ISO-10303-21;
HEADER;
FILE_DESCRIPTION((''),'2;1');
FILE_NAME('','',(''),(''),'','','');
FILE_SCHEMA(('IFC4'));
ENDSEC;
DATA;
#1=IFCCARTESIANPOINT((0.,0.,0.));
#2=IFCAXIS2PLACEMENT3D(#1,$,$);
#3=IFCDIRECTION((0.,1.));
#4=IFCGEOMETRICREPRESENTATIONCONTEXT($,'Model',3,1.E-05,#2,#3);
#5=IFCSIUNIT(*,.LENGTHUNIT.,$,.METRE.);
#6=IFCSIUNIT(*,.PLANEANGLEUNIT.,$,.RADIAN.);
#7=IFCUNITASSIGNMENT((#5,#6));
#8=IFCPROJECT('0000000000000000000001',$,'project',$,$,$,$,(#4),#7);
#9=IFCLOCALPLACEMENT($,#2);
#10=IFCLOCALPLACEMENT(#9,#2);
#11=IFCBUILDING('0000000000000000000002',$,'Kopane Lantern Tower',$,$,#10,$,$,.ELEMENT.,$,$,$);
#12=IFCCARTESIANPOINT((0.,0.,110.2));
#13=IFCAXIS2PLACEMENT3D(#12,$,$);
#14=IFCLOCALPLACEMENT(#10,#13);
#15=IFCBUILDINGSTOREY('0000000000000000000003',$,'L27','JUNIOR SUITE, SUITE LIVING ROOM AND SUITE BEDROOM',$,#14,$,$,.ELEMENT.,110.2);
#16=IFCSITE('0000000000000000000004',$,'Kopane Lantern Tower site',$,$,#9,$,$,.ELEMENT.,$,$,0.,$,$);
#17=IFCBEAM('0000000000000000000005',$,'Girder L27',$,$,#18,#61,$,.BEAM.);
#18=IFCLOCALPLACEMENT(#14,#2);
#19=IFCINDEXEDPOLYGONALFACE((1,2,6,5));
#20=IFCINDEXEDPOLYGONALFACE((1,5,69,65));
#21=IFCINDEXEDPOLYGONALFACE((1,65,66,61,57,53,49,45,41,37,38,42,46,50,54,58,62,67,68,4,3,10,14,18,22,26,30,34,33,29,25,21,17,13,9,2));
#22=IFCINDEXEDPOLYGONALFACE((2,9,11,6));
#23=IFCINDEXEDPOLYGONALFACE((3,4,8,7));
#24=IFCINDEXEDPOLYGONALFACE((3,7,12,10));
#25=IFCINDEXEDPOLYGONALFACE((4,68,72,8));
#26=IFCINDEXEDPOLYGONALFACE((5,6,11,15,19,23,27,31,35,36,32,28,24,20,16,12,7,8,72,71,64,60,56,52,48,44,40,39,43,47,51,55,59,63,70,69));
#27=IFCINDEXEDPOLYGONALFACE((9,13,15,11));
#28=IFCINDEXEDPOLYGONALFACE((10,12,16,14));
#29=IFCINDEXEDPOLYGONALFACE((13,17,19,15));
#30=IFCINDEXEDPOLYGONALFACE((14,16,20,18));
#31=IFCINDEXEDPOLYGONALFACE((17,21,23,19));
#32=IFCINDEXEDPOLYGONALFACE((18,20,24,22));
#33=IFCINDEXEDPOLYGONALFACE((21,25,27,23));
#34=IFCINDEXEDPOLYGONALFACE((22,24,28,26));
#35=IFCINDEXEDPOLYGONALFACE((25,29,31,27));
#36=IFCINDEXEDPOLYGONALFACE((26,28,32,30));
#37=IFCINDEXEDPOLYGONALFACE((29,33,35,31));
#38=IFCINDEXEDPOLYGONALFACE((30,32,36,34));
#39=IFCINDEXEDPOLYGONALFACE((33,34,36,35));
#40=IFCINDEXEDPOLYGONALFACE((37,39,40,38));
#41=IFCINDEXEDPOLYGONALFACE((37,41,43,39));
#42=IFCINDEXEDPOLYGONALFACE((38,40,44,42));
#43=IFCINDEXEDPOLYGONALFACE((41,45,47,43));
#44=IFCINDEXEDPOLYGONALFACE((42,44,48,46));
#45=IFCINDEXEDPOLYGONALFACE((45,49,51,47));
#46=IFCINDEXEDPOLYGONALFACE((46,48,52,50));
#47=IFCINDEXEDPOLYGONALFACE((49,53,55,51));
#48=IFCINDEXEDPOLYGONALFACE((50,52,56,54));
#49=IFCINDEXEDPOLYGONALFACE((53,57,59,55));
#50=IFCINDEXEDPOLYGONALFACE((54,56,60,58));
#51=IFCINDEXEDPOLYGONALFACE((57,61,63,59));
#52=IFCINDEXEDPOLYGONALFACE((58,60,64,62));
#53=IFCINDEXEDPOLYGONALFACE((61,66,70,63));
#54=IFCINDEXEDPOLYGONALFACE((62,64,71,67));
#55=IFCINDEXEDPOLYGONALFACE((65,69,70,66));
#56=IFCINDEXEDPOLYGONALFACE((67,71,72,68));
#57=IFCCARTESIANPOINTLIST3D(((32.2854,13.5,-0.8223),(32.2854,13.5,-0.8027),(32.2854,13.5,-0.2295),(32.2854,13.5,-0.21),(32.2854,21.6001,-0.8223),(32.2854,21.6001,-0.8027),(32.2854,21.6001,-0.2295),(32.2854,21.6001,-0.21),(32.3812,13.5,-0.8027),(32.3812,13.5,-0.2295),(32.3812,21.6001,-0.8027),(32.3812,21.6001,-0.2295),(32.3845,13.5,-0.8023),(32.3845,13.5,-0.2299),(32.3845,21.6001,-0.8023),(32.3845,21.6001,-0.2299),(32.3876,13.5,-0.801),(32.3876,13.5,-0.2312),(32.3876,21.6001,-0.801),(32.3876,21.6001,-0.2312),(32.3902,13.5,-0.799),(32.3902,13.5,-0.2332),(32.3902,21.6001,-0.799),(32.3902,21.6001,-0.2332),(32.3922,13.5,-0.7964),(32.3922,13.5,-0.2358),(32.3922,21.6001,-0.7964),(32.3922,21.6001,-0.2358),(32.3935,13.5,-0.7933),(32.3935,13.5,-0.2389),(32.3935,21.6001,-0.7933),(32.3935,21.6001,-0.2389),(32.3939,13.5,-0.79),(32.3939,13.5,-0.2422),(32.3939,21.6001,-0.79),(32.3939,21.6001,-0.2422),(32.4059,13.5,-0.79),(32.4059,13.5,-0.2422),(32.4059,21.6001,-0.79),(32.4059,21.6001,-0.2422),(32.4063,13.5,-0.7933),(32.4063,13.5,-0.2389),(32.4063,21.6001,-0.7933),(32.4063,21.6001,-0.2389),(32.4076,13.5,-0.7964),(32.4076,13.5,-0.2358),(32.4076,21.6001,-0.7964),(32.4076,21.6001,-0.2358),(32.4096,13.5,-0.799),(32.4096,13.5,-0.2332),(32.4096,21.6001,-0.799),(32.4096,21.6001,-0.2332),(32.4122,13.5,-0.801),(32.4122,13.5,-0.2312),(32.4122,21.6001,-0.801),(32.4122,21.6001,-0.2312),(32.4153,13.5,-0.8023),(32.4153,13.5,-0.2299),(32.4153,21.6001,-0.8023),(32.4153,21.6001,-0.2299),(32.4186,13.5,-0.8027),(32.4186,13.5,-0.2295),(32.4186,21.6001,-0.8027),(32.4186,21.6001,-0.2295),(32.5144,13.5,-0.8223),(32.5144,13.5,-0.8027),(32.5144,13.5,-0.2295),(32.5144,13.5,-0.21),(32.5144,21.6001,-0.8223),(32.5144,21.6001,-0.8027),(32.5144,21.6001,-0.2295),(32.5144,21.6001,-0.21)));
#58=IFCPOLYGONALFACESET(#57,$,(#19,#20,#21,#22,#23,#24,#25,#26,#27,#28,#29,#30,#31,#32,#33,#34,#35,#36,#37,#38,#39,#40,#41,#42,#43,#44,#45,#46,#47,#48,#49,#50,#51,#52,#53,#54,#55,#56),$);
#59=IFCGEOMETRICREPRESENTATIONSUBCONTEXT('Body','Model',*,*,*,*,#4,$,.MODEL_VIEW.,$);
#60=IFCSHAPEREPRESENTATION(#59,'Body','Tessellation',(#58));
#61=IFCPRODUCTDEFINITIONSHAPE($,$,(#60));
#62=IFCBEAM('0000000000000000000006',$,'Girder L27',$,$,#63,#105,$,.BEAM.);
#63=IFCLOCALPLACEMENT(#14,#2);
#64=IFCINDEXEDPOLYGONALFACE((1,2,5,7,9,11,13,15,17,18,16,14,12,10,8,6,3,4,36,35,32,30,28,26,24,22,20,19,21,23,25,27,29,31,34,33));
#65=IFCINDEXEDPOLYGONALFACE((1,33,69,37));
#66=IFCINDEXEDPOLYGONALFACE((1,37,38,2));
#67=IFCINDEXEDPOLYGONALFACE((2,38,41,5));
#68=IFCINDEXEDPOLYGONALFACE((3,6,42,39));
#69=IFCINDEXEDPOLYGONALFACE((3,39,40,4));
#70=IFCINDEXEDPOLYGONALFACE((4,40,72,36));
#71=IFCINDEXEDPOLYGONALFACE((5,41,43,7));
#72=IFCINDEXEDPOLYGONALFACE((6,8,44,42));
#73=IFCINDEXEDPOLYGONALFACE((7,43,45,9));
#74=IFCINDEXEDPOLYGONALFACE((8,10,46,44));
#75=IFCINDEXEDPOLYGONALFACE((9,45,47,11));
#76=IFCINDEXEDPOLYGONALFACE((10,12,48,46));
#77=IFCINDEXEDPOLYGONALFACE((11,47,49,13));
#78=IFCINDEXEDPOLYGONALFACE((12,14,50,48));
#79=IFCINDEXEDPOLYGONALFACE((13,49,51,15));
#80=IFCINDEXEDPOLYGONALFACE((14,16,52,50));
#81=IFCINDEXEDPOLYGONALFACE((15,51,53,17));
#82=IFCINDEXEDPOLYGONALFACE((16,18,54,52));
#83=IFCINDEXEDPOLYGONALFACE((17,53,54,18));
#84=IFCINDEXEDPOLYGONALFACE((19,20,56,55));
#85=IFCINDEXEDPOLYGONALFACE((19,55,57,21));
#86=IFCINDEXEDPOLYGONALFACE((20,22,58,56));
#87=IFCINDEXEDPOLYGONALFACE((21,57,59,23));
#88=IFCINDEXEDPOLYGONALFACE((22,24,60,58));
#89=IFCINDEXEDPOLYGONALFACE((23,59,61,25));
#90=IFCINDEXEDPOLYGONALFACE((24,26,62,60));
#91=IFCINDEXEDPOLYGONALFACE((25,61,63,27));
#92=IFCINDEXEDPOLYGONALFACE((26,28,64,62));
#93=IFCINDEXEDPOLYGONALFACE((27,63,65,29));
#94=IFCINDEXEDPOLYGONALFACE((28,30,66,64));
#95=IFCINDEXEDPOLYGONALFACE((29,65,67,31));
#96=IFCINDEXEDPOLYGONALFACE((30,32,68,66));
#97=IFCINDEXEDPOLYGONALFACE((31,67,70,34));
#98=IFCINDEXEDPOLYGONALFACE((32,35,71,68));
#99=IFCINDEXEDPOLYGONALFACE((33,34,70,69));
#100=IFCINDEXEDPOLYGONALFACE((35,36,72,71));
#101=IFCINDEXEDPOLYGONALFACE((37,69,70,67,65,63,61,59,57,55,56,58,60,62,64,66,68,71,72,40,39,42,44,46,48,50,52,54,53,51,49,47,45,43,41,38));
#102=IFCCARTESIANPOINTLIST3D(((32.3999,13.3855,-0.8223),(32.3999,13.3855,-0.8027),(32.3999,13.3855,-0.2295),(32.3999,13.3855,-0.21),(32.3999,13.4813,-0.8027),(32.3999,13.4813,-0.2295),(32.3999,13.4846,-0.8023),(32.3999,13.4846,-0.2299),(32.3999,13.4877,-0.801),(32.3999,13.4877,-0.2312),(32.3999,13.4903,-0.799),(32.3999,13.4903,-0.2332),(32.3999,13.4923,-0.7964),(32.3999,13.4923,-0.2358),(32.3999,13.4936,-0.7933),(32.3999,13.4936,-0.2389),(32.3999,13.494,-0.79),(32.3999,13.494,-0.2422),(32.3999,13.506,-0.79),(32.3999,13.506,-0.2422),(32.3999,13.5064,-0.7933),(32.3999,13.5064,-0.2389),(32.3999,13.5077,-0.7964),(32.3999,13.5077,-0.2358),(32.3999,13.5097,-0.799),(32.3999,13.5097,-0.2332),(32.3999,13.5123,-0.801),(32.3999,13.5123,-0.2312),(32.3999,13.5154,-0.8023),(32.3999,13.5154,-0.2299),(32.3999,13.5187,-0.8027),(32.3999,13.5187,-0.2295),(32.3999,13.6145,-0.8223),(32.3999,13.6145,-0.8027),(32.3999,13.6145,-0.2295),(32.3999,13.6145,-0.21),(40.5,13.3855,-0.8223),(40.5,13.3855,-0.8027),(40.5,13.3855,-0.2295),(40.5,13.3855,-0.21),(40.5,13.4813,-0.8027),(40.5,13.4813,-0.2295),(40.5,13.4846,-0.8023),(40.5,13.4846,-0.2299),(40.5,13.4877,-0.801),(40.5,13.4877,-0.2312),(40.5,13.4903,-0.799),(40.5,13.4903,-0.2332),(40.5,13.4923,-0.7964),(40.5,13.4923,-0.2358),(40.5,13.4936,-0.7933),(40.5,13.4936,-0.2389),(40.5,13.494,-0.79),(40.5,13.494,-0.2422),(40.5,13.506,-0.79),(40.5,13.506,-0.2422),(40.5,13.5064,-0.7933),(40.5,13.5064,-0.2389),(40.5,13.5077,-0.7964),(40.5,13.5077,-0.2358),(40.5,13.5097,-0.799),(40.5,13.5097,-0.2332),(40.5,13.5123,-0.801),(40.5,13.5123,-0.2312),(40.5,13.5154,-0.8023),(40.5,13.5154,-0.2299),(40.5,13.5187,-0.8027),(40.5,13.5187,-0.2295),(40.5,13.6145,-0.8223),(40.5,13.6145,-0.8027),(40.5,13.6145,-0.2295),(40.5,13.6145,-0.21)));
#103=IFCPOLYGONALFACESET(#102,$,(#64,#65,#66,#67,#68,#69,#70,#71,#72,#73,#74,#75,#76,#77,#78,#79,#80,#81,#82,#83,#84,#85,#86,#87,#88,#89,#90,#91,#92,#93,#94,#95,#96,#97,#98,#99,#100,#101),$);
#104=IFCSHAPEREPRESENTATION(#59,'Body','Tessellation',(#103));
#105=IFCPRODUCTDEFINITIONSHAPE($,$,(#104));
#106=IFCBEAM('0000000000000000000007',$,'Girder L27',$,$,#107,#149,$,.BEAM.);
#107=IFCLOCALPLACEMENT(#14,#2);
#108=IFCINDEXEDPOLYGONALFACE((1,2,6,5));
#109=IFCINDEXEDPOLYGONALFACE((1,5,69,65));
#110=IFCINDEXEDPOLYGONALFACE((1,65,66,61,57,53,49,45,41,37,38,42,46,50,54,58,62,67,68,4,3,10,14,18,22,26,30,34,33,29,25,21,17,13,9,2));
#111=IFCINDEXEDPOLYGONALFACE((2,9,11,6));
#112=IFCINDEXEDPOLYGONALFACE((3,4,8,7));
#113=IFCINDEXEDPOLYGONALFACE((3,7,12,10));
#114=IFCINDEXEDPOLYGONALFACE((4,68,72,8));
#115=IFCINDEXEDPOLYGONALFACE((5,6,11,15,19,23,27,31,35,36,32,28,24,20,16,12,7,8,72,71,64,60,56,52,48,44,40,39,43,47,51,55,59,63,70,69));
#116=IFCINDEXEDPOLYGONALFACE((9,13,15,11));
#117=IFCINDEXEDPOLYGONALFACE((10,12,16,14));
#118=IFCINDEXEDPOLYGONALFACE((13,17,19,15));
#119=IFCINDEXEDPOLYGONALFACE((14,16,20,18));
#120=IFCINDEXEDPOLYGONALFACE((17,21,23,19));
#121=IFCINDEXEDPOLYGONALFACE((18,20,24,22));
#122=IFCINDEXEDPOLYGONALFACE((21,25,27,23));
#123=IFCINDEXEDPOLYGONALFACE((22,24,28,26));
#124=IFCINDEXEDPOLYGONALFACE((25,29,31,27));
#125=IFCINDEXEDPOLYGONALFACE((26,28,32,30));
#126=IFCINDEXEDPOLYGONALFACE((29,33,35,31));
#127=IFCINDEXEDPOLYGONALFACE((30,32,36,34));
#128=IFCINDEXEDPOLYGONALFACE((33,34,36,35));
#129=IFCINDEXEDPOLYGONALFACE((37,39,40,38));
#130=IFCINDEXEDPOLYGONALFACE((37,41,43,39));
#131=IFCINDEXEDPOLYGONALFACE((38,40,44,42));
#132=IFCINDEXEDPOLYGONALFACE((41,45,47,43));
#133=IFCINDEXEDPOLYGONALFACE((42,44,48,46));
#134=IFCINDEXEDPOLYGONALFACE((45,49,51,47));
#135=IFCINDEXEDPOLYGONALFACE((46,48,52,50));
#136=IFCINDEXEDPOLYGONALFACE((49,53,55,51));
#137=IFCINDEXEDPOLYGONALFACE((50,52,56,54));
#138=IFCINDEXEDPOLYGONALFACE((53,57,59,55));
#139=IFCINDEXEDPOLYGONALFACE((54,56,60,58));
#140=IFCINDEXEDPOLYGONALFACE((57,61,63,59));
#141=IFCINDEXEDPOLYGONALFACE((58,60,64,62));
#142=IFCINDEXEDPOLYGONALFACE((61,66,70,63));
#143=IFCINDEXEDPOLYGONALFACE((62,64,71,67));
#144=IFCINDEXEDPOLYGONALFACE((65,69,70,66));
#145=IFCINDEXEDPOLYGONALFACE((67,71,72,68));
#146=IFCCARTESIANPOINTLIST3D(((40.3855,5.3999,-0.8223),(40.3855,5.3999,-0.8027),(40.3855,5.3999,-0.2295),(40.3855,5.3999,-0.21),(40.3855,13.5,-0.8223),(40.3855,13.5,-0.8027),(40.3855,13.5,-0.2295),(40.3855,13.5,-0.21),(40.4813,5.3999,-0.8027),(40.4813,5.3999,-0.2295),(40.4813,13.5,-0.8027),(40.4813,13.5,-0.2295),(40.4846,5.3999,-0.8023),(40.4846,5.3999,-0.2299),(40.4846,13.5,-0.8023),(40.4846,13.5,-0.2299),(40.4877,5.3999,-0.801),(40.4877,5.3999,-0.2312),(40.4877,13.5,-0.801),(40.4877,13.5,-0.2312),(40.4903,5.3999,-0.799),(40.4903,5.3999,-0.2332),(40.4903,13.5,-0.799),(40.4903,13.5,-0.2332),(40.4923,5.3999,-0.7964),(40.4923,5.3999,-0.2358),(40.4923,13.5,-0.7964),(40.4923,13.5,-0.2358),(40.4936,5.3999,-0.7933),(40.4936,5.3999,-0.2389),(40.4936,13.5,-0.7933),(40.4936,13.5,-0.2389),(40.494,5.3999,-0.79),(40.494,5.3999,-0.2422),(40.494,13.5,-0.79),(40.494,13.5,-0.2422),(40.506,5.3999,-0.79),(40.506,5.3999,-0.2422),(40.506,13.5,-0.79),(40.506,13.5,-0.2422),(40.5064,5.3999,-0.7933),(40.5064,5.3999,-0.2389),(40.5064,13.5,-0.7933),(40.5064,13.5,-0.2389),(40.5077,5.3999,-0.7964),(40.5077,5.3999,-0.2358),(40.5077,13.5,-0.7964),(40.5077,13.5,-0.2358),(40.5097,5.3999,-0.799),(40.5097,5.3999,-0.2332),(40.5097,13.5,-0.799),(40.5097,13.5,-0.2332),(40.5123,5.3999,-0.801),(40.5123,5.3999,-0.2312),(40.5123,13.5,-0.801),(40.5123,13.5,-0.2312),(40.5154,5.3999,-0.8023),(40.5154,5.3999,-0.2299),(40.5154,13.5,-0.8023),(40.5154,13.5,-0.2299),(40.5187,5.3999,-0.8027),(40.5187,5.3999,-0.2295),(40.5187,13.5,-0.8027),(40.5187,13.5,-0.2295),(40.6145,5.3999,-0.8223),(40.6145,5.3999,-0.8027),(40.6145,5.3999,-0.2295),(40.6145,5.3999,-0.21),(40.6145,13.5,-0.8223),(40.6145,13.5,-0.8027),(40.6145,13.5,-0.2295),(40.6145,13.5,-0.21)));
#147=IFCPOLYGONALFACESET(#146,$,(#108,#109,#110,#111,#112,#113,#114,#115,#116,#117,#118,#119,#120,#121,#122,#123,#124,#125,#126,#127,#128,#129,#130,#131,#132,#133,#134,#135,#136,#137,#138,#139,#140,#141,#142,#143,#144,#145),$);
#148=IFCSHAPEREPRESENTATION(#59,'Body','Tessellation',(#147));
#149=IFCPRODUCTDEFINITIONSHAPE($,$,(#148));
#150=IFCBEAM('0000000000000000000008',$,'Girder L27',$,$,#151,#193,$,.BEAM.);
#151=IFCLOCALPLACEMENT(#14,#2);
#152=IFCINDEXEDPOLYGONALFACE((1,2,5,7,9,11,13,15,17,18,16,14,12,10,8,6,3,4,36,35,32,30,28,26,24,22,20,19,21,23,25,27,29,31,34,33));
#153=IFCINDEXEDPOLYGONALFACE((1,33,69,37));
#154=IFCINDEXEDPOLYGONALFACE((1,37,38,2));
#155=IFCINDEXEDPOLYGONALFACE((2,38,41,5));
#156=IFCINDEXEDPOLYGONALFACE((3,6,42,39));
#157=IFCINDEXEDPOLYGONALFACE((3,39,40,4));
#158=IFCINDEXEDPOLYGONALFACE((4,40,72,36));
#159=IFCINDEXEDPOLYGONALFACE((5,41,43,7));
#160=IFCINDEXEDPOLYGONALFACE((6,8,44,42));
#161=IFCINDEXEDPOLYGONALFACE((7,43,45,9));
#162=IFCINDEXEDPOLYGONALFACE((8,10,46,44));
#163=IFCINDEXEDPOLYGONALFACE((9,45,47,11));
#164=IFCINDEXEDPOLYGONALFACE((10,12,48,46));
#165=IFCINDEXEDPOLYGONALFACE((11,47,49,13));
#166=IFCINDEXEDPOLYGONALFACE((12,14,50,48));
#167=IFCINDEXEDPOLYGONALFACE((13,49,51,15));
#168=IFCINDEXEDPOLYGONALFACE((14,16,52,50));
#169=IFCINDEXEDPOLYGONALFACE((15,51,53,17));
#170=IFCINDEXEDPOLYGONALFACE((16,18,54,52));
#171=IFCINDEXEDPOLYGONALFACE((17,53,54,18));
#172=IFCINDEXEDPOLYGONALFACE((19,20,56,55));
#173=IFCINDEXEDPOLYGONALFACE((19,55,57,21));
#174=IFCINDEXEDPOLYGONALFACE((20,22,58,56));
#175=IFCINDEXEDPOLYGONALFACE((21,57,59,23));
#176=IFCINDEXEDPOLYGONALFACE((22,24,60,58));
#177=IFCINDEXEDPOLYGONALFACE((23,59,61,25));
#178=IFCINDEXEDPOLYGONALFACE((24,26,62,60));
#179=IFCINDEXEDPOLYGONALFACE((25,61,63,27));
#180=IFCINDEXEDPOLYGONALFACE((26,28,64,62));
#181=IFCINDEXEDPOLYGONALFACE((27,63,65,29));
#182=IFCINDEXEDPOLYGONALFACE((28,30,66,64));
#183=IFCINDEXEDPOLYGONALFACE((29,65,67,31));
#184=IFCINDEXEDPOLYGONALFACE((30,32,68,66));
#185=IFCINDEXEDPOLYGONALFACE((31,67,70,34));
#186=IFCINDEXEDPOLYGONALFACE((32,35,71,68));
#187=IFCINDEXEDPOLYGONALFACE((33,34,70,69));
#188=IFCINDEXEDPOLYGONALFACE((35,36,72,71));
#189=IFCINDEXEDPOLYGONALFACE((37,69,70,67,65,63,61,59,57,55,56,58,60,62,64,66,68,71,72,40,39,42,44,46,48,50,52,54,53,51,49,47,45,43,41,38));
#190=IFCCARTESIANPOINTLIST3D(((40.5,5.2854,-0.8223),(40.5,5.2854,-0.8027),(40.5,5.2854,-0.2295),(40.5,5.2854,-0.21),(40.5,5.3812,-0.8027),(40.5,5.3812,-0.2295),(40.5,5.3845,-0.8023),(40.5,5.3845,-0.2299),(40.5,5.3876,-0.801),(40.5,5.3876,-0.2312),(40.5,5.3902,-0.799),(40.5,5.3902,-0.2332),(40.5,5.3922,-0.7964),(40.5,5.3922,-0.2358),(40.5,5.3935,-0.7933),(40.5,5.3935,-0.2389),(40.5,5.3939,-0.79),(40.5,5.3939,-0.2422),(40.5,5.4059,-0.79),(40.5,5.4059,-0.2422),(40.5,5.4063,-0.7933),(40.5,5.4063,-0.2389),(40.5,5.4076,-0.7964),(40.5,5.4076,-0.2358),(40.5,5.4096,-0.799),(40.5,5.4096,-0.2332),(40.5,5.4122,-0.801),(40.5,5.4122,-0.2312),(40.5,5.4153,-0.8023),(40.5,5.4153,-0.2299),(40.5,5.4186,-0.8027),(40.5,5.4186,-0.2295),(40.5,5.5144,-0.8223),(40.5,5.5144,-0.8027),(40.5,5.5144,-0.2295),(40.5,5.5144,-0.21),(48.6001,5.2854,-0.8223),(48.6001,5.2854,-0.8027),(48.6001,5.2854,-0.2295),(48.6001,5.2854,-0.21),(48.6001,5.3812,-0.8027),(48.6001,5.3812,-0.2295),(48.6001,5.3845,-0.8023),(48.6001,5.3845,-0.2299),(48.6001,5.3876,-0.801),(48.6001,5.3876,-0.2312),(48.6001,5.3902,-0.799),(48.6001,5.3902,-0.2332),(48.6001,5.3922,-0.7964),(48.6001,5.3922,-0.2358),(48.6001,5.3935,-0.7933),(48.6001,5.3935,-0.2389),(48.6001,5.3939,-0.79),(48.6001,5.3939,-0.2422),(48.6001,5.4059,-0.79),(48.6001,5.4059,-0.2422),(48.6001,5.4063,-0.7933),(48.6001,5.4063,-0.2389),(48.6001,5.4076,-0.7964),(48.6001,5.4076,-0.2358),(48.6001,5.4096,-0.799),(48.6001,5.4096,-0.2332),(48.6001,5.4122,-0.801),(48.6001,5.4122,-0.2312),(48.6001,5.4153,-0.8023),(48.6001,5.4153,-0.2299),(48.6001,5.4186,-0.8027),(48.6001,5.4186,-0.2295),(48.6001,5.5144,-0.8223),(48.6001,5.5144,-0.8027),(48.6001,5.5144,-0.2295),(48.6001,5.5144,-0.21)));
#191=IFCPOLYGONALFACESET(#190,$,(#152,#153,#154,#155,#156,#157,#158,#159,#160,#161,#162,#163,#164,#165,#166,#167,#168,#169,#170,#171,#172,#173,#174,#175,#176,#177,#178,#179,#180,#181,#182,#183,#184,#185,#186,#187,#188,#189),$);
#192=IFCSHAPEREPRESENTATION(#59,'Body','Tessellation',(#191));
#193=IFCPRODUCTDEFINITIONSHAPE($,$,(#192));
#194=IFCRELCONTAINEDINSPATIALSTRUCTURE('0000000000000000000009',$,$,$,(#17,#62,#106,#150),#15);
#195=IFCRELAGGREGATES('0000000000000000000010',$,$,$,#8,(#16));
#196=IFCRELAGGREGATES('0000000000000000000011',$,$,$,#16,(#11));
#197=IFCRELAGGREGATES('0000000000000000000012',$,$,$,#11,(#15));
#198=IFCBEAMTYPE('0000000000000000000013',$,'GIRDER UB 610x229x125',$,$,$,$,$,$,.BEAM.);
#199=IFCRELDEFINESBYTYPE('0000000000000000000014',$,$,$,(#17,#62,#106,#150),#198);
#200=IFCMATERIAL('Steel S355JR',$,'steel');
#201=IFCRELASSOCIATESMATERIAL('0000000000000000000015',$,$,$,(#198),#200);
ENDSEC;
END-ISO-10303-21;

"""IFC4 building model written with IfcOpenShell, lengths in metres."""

from ifc_helpers import new_model, si_unit, direction, frame, origin, origin_2d, place, context, subcontext, project, spatial, i_section, extrude, material, material_profile, profile_set, type_object, element, save


model = new_model("IFC4")

# Units and contexts
model_context = context("Model", 3, precision=1e-05, world=origin(), true_north=direction((0.0, 1.0)))
body_context = subcontext(model_context, "Body", "Model", "MODEL_VIEW")
ifc_project = project(units=[si_unit("LENGTHUNIT", "METRE"), si_unit("PLANEANGLEUNIT", "RADIAN")], contexts=[model_context])

# Site, building, storey
site_placement = place(None, origin())
site = spatial("IfcSite", under=ifc_project, at=site_placement, Name="Kopane Lantern Tower site", CompositionType="ELEMENT", RefElevation=0.0)
building_placement = place(site_placement, origin())
building = spatial("IfcBuilding", under=site, at=building_placement, Name="Kopane Lantern Tower", CompositionType="ELEMENT")
storey_placement = place(building_placement, frame((0.0, 0.0, 110.2)))
storey = spatial("IfcBuildingStorey", under=building, at=storey_placement, Name="L27", Description="JUNIOR SUITE, SUITE LIVING ROOM AND SUITE BEDROOM", CompositionType="ELEMENT", Elevation=110.2)

# Beams
ifc_material_1 = material(Name="Steel S355JR", Category="steel")
ifc_material_profile_1 = material_profile(ifc_material_1, i_section(OverallWidth=0.229, OverallDepth=0.6123, WebThickness=0.012, FlangeThickness=0.0195, FilletRadius=0.0127, at=origin_2d()), Name="UB 610x229x125")
ifc_profile_set_1 = profile_set([ifc_material_profile_1], Name="Steel S355JR")
beam_type = type_object("IfcBeamType", Name="GIRDER UB 610x229x125", PredefinedType="BEAM", material=ifc_profile_set_1)
for number, where, z_axis, x_axis, name in (
    (1, (32.3999, 13.5, -0.5161), (0.0, 1.0, 0.0), (-1.0, 0.0, 0.0), "Girder L27"),
    (2, (32.3999, 13.5, -0.5161), (1.0, 0.0, 0.0), (0.0, 1.0, 0.0), "Girder L27"),
    (3, (40.5, 5.3999, -0.5161), (0.0, 1.0, 0.0), (-1.0, 0.0, 0.0), "Girder L27"),
    (4, (40.5, 5.3999, -0.5161), (1.0, 0.0, 0.0), (0.0, 1.0, 0.0), "Girder L27"),
):
    element("IfcBeam", number, at=place(storey_placement, frame(where, z_axis=z_axis, x_axis=x_axis)), inside=storey, type_object=beam_type, Name=name, PredefinedType="BEAM", context=body_context, shape_type="SweptSolid", body=[
        extrude(i_section(OverallWidth=0.229, OverallDepth=0.6123, WebThickness=0.012, FlangeThickness=0.0195, FilletRadius=0.0127, at=origin_2d()), origin(), (0.0, 0.0, 1.0), 8.1001),
    ])

save(model, "model.ifc")
